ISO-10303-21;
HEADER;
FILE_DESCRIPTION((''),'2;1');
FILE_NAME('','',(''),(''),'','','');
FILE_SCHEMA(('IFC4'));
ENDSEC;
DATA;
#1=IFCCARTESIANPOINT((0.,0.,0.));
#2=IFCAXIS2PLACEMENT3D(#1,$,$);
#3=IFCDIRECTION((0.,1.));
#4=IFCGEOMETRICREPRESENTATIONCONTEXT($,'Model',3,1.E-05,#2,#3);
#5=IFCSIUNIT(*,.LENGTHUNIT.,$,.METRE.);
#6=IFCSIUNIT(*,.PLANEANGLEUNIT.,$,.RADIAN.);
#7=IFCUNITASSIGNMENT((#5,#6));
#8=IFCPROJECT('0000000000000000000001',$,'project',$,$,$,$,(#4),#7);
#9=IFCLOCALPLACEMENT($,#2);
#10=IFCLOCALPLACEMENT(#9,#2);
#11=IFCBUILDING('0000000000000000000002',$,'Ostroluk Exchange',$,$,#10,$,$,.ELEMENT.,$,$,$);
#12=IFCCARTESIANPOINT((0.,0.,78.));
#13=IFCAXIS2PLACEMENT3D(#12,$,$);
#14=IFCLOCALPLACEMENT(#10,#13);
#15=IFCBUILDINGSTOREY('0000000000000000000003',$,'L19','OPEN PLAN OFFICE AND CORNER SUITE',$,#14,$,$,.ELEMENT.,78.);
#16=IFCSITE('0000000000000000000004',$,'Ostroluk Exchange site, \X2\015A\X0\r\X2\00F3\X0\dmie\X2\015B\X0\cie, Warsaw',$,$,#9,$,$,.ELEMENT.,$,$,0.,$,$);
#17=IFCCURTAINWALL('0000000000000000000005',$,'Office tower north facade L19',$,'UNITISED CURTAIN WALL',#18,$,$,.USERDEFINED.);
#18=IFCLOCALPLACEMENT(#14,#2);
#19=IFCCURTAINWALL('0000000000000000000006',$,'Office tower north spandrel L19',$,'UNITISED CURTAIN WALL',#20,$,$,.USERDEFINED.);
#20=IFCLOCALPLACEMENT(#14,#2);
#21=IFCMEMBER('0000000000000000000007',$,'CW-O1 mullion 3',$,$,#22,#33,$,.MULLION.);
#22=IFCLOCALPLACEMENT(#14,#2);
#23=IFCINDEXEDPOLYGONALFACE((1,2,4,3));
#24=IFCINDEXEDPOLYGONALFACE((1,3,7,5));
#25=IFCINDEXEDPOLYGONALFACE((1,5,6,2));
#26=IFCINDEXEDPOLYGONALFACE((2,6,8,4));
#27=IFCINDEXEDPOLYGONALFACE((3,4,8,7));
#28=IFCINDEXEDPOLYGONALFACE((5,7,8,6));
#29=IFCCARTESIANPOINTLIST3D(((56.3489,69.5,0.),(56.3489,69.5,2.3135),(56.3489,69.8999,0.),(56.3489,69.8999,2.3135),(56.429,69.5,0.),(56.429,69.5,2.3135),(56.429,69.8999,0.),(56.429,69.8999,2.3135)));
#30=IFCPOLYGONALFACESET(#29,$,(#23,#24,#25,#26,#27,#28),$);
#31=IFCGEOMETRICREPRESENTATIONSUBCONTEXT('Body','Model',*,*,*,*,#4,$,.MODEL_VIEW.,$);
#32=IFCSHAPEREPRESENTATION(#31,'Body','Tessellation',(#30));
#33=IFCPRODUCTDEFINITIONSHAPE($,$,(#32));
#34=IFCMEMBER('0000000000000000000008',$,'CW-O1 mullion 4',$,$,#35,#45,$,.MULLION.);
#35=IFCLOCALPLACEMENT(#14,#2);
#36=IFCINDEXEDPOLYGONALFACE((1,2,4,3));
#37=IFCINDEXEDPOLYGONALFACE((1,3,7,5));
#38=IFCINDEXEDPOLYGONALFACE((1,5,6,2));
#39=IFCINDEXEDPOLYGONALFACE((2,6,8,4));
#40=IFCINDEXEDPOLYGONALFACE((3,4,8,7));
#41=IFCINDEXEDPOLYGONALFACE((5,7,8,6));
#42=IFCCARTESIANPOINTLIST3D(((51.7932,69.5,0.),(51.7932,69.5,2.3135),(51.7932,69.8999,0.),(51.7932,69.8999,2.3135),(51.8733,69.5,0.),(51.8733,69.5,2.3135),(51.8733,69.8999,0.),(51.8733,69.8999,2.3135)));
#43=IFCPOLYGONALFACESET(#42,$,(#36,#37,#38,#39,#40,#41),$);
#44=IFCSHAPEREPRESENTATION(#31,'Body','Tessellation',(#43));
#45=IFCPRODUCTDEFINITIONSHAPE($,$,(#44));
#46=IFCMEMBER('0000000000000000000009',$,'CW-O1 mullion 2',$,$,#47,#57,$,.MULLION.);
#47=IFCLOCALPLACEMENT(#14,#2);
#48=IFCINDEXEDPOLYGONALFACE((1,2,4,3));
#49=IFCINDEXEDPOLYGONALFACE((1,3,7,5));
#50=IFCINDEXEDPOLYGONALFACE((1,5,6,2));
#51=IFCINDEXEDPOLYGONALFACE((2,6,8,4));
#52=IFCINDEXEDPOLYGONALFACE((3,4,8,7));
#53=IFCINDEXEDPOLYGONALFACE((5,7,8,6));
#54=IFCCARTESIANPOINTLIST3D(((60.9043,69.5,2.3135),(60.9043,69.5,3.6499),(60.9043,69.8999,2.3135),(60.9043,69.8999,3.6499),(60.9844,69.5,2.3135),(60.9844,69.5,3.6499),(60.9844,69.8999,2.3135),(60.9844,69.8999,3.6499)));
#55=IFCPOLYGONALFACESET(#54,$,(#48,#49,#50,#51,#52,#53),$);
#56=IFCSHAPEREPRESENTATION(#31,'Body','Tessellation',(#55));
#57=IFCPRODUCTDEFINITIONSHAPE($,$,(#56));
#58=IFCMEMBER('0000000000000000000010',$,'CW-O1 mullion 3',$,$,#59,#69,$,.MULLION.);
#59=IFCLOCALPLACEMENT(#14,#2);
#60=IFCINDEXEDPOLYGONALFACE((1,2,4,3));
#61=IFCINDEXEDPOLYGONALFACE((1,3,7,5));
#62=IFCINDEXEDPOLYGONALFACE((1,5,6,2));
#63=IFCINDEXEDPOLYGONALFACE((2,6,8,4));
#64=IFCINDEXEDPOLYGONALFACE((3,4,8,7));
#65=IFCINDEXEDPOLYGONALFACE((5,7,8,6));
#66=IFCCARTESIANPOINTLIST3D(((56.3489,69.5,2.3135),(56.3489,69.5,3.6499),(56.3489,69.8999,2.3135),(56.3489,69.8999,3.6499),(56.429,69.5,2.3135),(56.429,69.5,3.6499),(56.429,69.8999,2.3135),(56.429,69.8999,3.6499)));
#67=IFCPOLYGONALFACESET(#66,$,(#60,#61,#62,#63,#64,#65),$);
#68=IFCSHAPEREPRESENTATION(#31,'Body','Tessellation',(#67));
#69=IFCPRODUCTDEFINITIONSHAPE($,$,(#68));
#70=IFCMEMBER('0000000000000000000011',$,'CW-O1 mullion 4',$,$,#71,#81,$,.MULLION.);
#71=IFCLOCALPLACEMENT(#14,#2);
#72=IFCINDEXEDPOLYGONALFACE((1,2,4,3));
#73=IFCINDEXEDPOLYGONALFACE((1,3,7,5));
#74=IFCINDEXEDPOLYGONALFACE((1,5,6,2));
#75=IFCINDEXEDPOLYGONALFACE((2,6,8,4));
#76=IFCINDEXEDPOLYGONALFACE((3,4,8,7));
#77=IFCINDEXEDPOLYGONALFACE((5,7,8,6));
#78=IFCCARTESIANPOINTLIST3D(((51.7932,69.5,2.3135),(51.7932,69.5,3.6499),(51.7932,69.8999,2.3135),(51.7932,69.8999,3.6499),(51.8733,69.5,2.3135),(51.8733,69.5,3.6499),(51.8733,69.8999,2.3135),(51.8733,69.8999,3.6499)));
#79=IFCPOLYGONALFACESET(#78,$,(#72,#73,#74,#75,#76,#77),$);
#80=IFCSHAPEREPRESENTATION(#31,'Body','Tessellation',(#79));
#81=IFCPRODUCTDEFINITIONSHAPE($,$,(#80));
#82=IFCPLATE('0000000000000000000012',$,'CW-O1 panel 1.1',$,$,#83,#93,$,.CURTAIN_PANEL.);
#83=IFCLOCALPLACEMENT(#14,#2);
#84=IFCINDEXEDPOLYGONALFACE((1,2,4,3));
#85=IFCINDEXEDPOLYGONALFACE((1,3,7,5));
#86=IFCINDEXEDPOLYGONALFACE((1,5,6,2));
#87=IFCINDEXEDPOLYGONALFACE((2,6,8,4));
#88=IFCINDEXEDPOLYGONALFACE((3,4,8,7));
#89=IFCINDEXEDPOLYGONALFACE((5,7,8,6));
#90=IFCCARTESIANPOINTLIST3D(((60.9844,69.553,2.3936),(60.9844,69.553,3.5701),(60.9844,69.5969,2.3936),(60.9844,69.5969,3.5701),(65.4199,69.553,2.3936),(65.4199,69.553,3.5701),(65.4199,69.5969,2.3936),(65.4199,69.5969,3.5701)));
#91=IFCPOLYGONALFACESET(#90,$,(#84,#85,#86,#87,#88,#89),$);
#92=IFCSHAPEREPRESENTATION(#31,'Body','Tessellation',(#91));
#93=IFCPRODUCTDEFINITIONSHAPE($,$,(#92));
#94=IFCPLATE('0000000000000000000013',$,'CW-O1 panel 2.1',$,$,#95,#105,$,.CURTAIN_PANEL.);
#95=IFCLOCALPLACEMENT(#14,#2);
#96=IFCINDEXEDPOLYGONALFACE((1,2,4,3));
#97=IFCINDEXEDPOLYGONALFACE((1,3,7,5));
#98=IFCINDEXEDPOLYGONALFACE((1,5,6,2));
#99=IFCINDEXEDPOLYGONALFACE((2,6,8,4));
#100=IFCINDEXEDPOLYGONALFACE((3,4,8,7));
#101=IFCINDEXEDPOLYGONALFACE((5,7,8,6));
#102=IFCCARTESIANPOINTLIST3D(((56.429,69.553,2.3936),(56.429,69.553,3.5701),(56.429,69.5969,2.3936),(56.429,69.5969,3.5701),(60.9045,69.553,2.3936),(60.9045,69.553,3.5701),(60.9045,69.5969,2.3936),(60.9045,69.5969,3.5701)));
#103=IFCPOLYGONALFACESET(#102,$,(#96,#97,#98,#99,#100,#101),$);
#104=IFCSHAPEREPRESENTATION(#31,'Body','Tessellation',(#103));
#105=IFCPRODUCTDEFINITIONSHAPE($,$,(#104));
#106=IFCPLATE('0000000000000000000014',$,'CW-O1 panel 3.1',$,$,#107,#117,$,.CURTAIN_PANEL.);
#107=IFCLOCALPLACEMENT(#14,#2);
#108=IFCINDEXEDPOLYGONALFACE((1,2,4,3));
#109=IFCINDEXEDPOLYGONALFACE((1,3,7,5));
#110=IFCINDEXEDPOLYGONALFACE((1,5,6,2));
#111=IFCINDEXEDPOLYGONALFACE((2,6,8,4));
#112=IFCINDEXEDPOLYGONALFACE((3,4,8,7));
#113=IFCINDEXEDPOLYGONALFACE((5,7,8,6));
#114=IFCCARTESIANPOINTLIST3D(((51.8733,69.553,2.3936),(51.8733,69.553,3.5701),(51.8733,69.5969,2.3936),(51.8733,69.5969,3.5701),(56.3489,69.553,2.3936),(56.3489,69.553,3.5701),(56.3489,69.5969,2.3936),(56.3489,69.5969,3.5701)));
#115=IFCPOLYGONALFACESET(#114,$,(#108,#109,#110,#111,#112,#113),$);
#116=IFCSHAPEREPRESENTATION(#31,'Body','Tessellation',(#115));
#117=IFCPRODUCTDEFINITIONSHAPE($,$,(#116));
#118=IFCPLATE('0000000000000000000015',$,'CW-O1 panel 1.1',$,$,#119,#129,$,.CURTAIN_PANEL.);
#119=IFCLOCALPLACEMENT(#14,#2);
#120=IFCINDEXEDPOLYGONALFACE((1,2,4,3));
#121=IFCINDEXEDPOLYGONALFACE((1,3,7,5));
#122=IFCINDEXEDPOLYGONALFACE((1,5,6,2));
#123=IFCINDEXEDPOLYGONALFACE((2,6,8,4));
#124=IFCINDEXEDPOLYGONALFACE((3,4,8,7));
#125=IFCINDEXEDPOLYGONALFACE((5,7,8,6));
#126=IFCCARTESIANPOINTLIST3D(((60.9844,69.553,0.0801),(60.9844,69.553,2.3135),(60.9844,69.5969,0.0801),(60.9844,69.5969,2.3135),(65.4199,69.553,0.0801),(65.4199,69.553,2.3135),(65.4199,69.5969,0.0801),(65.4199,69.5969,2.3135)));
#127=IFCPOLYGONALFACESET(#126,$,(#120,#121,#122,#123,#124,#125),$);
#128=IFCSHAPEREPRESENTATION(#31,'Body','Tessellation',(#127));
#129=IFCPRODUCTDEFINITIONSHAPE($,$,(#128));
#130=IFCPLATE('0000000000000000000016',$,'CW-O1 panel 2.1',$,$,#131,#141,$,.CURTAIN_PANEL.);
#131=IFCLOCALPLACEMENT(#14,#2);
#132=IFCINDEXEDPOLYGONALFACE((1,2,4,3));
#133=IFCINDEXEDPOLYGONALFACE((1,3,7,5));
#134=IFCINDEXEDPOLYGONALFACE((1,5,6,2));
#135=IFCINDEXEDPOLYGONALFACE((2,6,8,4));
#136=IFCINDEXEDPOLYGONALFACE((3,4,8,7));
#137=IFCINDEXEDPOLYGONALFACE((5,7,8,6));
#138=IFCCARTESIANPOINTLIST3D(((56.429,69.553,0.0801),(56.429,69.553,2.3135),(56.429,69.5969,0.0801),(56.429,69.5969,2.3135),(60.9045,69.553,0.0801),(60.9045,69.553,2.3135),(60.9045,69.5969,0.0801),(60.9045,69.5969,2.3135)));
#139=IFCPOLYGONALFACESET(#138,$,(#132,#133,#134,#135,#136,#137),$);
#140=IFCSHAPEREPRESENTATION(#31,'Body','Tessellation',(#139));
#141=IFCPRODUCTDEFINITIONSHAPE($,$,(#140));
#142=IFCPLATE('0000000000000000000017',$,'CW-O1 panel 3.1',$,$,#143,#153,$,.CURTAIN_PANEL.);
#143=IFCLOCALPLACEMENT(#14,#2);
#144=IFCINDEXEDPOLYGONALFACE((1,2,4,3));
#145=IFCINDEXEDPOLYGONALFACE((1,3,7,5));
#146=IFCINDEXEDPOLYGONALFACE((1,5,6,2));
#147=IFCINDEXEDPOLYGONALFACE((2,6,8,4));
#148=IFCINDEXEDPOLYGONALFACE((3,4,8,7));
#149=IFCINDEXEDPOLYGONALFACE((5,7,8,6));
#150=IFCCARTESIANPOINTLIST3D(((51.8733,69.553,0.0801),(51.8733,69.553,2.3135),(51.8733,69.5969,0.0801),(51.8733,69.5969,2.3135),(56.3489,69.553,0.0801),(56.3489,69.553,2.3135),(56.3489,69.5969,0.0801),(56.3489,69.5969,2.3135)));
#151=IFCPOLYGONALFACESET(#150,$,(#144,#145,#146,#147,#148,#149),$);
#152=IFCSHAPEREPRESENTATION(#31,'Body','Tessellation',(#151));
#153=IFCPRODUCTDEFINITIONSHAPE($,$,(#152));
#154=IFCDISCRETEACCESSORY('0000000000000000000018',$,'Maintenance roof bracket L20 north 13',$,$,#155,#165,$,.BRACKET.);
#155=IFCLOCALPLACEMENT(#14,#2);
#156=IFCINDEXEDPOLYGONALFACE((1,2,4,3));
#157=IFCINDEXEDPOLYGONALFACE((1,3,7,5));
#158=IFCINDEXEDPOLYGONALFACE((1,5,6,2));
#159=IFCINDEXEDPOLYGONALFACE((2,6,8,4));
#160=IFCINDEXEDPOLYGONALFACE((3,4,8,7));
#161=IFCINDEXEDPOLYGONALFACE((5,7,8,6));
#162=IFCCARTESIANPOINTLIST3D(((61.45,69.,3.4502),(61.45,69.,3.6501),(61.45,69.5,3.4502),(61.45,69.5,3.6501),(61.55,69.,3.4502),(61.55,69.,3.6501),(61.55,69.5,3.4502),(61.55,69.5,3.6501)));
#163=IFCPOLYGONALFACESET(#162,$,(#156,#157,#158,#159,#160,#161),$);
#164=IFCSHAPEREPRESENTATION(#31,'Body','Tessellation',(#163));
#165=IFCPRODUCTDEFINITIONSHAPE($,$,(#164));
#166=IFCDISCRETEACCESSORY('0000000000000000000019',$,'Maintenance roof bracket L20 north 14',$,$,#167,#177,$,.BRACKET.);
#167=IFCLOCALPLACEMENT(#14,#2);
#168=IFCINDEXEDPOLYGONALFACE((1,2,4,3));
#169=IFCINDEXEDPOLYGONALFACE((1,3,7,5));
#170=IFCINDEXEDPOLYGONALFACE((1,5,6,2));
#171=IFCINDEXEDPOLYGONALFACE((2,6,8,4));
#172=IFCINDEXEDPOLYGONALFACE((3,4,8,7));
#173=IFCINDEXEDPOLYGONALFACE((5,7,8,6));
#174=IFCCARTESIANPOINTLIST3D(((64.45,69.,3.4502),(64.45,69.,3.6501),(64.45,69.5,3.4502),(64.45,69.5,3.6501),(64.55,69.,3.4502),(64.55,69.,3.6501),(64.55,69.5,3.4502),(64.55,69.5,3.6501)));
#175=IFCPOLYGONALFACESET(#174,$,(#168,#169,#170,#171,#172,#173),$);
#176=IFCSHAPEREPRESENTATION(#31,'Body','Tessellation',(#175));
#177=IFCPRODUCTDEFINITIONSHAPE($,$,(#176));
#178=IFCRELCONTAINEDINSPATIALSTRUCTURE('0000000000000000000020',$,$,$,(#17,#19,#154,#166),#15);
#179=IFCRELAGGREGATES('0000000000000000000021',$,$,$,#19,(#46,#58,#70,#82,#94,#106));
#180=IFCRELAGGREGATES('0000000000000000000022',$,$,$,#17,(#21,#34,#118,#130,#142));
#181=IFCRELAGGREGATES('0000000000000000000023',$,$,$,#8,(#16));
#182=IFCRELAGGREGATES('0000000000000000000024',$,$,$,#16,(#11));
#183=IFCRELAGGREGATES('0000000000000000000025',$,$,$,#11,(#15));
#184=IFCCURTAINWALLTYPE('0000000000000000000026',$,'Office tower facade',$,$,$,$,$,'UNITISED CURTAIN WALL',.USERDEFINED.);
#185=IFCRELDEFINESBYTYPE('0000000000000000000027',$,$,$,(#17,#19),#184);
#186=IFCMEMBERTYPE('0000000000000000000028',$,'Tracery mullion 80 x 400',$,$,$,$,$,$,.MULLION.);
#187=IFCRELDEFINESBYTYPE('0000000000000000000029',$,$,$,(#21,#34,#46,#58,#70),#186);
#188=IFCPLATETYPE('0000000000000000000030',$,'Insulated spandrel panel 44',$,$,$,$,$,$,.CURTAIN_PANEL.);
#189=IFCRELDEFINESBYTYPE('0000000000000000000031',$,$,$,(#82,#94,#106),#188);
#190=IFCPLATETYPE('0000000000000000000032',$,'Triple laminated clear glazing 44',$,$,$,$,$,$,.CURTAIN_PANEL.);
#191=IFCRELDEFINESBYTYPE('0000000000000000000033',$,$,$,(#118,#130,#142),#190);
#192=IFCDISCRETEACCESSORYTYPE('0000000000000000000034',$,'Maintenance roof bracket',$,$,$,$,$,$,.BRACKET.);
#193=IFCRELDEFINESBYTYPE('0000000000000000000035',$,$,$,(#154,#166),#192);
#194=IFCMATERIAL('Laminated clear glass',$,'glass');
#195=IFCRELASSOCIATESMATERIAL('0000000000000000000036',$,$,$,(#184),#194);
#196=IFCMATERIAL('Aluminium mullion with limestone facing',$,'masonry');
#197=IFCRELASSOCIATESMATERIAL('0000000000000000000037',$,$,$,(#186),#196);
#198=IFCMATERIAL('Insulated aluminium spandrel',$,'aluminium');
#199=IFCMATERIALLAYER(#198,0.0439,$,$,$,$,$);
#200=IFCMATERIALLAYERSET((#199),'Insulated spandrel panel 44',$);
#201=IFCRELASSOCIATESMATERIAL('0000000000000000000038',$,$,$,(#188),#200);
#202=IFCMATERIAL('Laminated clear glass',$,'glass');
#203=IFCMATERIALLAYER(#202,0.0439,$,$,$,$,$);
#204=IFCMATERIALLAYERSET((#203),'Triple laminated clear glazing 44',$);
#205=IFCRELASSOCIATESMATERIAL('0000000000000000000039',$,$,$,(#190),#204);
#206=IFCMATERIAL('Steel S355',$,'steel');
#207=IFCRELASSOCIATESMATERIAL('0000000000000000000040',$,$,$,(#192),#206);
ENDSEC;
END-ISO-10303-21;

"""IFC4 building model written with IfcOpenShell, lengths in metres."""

from ifc_helpers import new_model, si_unit, direction, frame, origin, origin_2d, place, context, subcontext, project, spatial, rectangle, extrude, material, layer, layer_set, material_profile, profile_set, type_object, element, aggregate, save


model = new_model("IFC4")

# Units and contexts
model_context = context("Model", 3, precision=1e-05, world=origin(), true_north=direction((0.0, 1.0)))
body_context = subcontext(model_context, "Body", "Model", "MODEL_VIEW")
ifc_project = project(units=[si_unit("LENGTHUNIT", "METRE"), si_unit("PLANEANGLEUNIT", "RADIAN")], contexts=[model_context])

# Site, building, storey
site_placement = place(None, origin())
site = spatial("IfcSite", under=ifc_project, at=site_placement, Name="Ostroluk Exchange site, Śródmieście, Warsaw", CompositionType="ELEMENT", RefElevation=0.0)
building_placement = place(site_placement, origin())
building = spatial("IfcBuilding", under=site, at=building_placement, Name="Ostroluk Exchange", CompositionType="ELEMENT")
storey_placement = place(building_placement, frame((0.0, 0.0, 78.0)))
storey = spatial("IfcBuildingStorey", under=building, at=storey_placement, Name="L19", Description="OPEN PLAN OFFICE AND CORNER SUITE", CompositionType="ELEMENT", Elevation=78.0)

# Curtain walls
ifc_material_1 = material(Name="Laminated clear glass", Category="glass")
curtain_wall_type = type_object("IfcCurtainWallType", Name="Office tower facade", ElementType="UNITISED CURTAIN WALL", PredefinedType="USERDEFINED", material=ifc_material_1)
curtain_wall_1_placement = place(storey_placement, origin())
curtain_wall_1 = element("IfcCurtainWall", 1, at=curtain_wall_1_placement, inside=storey, type_object=curtain_wall_type, Name="Office tower north facade L19", ObjectType="UNITISED CURTAIN WALL", PredefinedType="USERDEFINED")
curtain_wall_2_placement = place(storey_placement, origin())
curtain_wall_2 = element("IfcCurtainWall", 2, at=curtain_wall_2_placement, inside=storey, type_object=curtain_wall_type, Name="Office tower north spandrel L19", ObjectType="UNITISED CURTAIN WALL", PredefinedType="USERDEFINED")

# Members
ifc_material_2 = material(Name="Aluminium mullion with limestone facing", Category="masonry")
ifc_material_profile_1 = material_profile(ifc_material_2, rectangle(XDim=0.3999, YDim=0.0801, at=origin_2d()), Name="Tracery mullion 80 x 400")
ifc_profile_set_1 = profile_set([ifc_material_profile_1], Name="Aluminium mullion with limestone facing")
member_type_1 = type_object("IfcMemberType", Name="Tracery mullion 80 x 400", PredefinedType="MULLION", material=ifc_profile_set_1)
member_1_placement = place(storey_placement, frame((56.3889, 69.7, 0.0), z_axis=(0.0, 0.0, 1.0), x_axis=(0.0, -1.0, 0.0)))
member_1 = element("IfcMember", 3, at=member_1_placement, type_object=member_type_1, Name="CW-O1 mullion 3", PredefinedType="MULLION", context=body_context, shape_type="SweptSolid", body=[
    extrude(rectangle(XDim=0.3999, YDim=0.0801, at=origin_2d()), origin(), (0.0, 0.0, 1.0), 2.3135),
])
member_2_placement = place(storey_placement, frame((51.8333, 69.7, 0.0), z_axis=(0.0, 0.0, 1.0), x_axis=(0.0, -1.0, 0.0)))
member_2 = element("IfcMember", 4, at=member_2_placement, type_object=member_type_1, Name="CW-O1 mullion 4", PredefinedType="MULLION", context=body_context, shape_type="SweptSolid", body=[
    extrude(rectangle(XDim=0.3999, YDim=0.0801, at=origin_2d()), origin(), (0.0, 0.0, 1.0), 2.3135),
])
member_3_placement = place(storey_placement, frame((60.9443, 69.7, 2.3135), z_axis=(0.0, 0.0, 1.0), x_axis=(0.0, -1.0, 0.0)))
member_3 = element("IfcMember", 5, at=member_3_placement, type_object=member_type_1, Name="CW-O1 mullion 2", PredefinedType="MULLION", context=body_context, shape_type="SweptSolid", body=[
    extrude(rectangle(XDim=0.3999, YDim=0.0801, at=origin_2d()), origin(), (0.0, 0.0, 1.0), 1.3364),
])
member_4_placement = place(storey_placement, frame((56.3889, 69.7, 2.3135), z_axis=(0.0, 0.0, 1.0), x_axis=(0.0, -1.0, 0.0)))
member_4 = element("IfcMember", 6, at=member_4_placement, type_object=member_type_1, Name="CW-O1 mullion 3", PredefinedType="MULLION", context=body_context, shape_type="SweptSolid", body=[
    extrude(rectangle(XDim=0.3999, YDim=0.0801, at=origin_2d()), origin(), (0.0, 0.0, 1.0), 1.3364),
])
member_5_placement = place(storey_placement, frame((51.8333, 69.7, 2.3135), z_axis=(0.0, 0.0, 1.0), x_axis=(0.0, -1.0, 0.0)))
member_5 = element("IfcMember", 7, at=member_5_placement, type_object=member_type_1, Name="CW-O1 mullion 4", PredefinedType="MULLION", context=body_context, shape_type="SweptSolid", body=[
    extrude(rectangle(XDim=0.3999, YDim=0.0801, at=origin_2d()), origin(), (0.0, 0.0, 1.0), 1.3364),
])

# Plates
ifc_material_3 = material(Name="Insulated aluminium spandrel", Category="aluminium")
ifc_layer_1 = layer(ifc_material_3, 0.0439)
ifc_layer_set_1 = layer_set([ifc_layer_1], Name="Insulated spandrel panel 44")
plate_type_1 = type_object("IfcPlateType", Name="Insulated spandrel panel 44", PredefinedType="CURTAIN_PANEL", material=ifc_layer_set_1)
plate_1_placement = place(storey_placement, frame((63.2021, 69.575, 2.3936), z_axis=(0.0, 0.0, 1.0), x_axis=(-1.0, 0.0, 0.0)))
plate_1 = element("IfcPlate", 8, at=plate_1_placement, type_object=plate_type_1, Name="CW-O1 panel 1.1", PredefinedType="CURTAIN_PANEL", context=body_context, shape_type="SweptSolid", body=[
    extrude(rectangle(XDim=4.4355, YDim=0.0439, at=origin_2d()), origin(), (0.0, 0.0, 1.0), 1.1765),
])
plate_2_placement = place(storey_placement, frame((58.6667, 69.575, 2.3936), z_axis=(0.0, 0.0, 1.0), x_axis=(-1.0, 0.0, 0.0)))
plate_2 = element("IfcPlate", 9, at=plate_2_placement, type_object=plate_type_1, Name="CW-O1 panel 2.1", PredefinedType="CURTAIN_PANEL", context=body_context, shape_type="SweptSolid", body=[
    extrude(rectangle(XDim=4.4756, YDim=0.0439, at=origin_2d()), origin(), (0.0, 0.0, 1.0), 1.1765),
])
plate_3_placement = place(storey_placement, frame((54.1111, 69.575, 2.3936), z_axis=(0.0, 0.0, 1.0), x_axis=(-1.0, 0.0, 0.0)))
plate_3 = element("IfcPlate", 10, at=plate_3_placement, type_object=plate_type_1, Name="CW-O1 panel 3.1", PredefinedType="CURTAIN_PANEL", context=body_context, shape_type="SweptSolid", body=[
    extrude(rectangle(XDim=4.4756, YDim=0.0439, at=origin_2d()), origin(), (0.0, 0.0, 1.0), 1.1765),
])
aggregate(curtain_wall_2, [member_3, member_4, member_5, plate_1, plate_2, plate_3])
ifc_material_4 = material(Name="Laminated clear glass", Category="glass")
ifc_layer_2 = layer(ifc_material_4, 0.0439)
ifc_layer_set_2 = layer_set([ifc_layer_2], Name="Triple laminated clear glazing 44")
plate_type_2 = type_object("IfcPlateType", Name="Triple laminated clear glazing 44", PredefinedType="CURTAIN_PANEL", material=ifc_layer_set_2)
plate_4_placement = place(storey_placement, frame((63.2021, 69.575, 0.0801), z_axis=(0.0, 0.0, 1.0), x_axis=(-1.0, 0.0, 0.0)))
plate_4 = element("IfcPlate", 11, at=plate_4_placement, type_object=plate_type_2, Name="CW-O1 panel 1.1", PredefinedType="CURTAIN_PANEL", context=body_context, shape_type="SweptSolid", body=[
    extrude(rectangle(XDim=4.4355, YDim=0.0439, at=origin_2d()), origin(), (0.0, 0.0, 1.0), 2.2334),
])
plate_5_placement = place(storey_placement, frame((58.6667, 69.575, 0.0801), z_axis=(0.0, 0.0, 1.0), x_axis=(-1.0, 0.0, 0.0)))
plate_5 = element("IfcPlate", 12, at=plate_5_placement, type_object=plate_type_2, Name="CW-O1 panel 2.1", PredefinedType="CURTAIN_PANEL", context=body_context, shape_type="SweptSolid", body=[
    extrude(rectangle(XDim=4.4756, YDim=0.0439, at=origin_2d()), origin(), (0.0, 0.0, 1.0), 2.2334),
])
plate_6_placement = place(storey_placement, frame((54.1111, 69.575, 0.0801), z_axis=(0.0, 0.0, 1.0), x_axis=(-1.0, 0.0, 0.0)))
plate_6 = element("IfcPlate", 13, at=plate_6_placement, type_object=plate_type_2, Name="CW-O1 panel 3.1", PredefinedType="CURTAIN_PANEL", context=body_context, shape_type="SweptSolid", body=[
    extrude(rectangle(XDim=4.4756, YDim=0.0439, at=origin_2d()), origin(), (0.0, 0.0, 1.0), 2.2334),
])
aggregate(curtain_wall_1, [member_1, member_2, plate_4, plate_5, plate_6])

# Discrete accessories
ifc_material_5 = material(Name="Steel S355", Category="steel")
discrete_accessory_type = type_object("IfcDiscreteAccessoryType", Name="Maintenance roof bracket", PredefinedType="BRACKET", material=ifc_material_5)
for number, where, z_axis, x_axis, name in (
    (14, (61.5, 69.25, 3.4502), (0.0, 0.0, 1.0), (1.0, 0.0, 0.0), "Maintenance roof bracket L20 north 13"),
    (15, (64.5, 69.25, 3.4502), (0.0, 0.0, 1.0), (1.0, 0.0, 0.0), "Maintenance roof bracket L20 north 14"),
):
    element("IfcDiscreteAccessory", number, at=place(storey_placement, frame(where, z_axis=z_axis, x_axis=x_axis)), inside=storey, type_object=discrete_accessory_type, Name=name, PredefinedType="BRACKET", context=body_context, shape_type="SweptSolid", body=[
        extrude(rectangle(XDim=0.1001, YDim=0.5, at=origin_2d()), origin(), (0.0, 0.0, 1.0), 0.2),
    ])

save(model, "model.ifc")
